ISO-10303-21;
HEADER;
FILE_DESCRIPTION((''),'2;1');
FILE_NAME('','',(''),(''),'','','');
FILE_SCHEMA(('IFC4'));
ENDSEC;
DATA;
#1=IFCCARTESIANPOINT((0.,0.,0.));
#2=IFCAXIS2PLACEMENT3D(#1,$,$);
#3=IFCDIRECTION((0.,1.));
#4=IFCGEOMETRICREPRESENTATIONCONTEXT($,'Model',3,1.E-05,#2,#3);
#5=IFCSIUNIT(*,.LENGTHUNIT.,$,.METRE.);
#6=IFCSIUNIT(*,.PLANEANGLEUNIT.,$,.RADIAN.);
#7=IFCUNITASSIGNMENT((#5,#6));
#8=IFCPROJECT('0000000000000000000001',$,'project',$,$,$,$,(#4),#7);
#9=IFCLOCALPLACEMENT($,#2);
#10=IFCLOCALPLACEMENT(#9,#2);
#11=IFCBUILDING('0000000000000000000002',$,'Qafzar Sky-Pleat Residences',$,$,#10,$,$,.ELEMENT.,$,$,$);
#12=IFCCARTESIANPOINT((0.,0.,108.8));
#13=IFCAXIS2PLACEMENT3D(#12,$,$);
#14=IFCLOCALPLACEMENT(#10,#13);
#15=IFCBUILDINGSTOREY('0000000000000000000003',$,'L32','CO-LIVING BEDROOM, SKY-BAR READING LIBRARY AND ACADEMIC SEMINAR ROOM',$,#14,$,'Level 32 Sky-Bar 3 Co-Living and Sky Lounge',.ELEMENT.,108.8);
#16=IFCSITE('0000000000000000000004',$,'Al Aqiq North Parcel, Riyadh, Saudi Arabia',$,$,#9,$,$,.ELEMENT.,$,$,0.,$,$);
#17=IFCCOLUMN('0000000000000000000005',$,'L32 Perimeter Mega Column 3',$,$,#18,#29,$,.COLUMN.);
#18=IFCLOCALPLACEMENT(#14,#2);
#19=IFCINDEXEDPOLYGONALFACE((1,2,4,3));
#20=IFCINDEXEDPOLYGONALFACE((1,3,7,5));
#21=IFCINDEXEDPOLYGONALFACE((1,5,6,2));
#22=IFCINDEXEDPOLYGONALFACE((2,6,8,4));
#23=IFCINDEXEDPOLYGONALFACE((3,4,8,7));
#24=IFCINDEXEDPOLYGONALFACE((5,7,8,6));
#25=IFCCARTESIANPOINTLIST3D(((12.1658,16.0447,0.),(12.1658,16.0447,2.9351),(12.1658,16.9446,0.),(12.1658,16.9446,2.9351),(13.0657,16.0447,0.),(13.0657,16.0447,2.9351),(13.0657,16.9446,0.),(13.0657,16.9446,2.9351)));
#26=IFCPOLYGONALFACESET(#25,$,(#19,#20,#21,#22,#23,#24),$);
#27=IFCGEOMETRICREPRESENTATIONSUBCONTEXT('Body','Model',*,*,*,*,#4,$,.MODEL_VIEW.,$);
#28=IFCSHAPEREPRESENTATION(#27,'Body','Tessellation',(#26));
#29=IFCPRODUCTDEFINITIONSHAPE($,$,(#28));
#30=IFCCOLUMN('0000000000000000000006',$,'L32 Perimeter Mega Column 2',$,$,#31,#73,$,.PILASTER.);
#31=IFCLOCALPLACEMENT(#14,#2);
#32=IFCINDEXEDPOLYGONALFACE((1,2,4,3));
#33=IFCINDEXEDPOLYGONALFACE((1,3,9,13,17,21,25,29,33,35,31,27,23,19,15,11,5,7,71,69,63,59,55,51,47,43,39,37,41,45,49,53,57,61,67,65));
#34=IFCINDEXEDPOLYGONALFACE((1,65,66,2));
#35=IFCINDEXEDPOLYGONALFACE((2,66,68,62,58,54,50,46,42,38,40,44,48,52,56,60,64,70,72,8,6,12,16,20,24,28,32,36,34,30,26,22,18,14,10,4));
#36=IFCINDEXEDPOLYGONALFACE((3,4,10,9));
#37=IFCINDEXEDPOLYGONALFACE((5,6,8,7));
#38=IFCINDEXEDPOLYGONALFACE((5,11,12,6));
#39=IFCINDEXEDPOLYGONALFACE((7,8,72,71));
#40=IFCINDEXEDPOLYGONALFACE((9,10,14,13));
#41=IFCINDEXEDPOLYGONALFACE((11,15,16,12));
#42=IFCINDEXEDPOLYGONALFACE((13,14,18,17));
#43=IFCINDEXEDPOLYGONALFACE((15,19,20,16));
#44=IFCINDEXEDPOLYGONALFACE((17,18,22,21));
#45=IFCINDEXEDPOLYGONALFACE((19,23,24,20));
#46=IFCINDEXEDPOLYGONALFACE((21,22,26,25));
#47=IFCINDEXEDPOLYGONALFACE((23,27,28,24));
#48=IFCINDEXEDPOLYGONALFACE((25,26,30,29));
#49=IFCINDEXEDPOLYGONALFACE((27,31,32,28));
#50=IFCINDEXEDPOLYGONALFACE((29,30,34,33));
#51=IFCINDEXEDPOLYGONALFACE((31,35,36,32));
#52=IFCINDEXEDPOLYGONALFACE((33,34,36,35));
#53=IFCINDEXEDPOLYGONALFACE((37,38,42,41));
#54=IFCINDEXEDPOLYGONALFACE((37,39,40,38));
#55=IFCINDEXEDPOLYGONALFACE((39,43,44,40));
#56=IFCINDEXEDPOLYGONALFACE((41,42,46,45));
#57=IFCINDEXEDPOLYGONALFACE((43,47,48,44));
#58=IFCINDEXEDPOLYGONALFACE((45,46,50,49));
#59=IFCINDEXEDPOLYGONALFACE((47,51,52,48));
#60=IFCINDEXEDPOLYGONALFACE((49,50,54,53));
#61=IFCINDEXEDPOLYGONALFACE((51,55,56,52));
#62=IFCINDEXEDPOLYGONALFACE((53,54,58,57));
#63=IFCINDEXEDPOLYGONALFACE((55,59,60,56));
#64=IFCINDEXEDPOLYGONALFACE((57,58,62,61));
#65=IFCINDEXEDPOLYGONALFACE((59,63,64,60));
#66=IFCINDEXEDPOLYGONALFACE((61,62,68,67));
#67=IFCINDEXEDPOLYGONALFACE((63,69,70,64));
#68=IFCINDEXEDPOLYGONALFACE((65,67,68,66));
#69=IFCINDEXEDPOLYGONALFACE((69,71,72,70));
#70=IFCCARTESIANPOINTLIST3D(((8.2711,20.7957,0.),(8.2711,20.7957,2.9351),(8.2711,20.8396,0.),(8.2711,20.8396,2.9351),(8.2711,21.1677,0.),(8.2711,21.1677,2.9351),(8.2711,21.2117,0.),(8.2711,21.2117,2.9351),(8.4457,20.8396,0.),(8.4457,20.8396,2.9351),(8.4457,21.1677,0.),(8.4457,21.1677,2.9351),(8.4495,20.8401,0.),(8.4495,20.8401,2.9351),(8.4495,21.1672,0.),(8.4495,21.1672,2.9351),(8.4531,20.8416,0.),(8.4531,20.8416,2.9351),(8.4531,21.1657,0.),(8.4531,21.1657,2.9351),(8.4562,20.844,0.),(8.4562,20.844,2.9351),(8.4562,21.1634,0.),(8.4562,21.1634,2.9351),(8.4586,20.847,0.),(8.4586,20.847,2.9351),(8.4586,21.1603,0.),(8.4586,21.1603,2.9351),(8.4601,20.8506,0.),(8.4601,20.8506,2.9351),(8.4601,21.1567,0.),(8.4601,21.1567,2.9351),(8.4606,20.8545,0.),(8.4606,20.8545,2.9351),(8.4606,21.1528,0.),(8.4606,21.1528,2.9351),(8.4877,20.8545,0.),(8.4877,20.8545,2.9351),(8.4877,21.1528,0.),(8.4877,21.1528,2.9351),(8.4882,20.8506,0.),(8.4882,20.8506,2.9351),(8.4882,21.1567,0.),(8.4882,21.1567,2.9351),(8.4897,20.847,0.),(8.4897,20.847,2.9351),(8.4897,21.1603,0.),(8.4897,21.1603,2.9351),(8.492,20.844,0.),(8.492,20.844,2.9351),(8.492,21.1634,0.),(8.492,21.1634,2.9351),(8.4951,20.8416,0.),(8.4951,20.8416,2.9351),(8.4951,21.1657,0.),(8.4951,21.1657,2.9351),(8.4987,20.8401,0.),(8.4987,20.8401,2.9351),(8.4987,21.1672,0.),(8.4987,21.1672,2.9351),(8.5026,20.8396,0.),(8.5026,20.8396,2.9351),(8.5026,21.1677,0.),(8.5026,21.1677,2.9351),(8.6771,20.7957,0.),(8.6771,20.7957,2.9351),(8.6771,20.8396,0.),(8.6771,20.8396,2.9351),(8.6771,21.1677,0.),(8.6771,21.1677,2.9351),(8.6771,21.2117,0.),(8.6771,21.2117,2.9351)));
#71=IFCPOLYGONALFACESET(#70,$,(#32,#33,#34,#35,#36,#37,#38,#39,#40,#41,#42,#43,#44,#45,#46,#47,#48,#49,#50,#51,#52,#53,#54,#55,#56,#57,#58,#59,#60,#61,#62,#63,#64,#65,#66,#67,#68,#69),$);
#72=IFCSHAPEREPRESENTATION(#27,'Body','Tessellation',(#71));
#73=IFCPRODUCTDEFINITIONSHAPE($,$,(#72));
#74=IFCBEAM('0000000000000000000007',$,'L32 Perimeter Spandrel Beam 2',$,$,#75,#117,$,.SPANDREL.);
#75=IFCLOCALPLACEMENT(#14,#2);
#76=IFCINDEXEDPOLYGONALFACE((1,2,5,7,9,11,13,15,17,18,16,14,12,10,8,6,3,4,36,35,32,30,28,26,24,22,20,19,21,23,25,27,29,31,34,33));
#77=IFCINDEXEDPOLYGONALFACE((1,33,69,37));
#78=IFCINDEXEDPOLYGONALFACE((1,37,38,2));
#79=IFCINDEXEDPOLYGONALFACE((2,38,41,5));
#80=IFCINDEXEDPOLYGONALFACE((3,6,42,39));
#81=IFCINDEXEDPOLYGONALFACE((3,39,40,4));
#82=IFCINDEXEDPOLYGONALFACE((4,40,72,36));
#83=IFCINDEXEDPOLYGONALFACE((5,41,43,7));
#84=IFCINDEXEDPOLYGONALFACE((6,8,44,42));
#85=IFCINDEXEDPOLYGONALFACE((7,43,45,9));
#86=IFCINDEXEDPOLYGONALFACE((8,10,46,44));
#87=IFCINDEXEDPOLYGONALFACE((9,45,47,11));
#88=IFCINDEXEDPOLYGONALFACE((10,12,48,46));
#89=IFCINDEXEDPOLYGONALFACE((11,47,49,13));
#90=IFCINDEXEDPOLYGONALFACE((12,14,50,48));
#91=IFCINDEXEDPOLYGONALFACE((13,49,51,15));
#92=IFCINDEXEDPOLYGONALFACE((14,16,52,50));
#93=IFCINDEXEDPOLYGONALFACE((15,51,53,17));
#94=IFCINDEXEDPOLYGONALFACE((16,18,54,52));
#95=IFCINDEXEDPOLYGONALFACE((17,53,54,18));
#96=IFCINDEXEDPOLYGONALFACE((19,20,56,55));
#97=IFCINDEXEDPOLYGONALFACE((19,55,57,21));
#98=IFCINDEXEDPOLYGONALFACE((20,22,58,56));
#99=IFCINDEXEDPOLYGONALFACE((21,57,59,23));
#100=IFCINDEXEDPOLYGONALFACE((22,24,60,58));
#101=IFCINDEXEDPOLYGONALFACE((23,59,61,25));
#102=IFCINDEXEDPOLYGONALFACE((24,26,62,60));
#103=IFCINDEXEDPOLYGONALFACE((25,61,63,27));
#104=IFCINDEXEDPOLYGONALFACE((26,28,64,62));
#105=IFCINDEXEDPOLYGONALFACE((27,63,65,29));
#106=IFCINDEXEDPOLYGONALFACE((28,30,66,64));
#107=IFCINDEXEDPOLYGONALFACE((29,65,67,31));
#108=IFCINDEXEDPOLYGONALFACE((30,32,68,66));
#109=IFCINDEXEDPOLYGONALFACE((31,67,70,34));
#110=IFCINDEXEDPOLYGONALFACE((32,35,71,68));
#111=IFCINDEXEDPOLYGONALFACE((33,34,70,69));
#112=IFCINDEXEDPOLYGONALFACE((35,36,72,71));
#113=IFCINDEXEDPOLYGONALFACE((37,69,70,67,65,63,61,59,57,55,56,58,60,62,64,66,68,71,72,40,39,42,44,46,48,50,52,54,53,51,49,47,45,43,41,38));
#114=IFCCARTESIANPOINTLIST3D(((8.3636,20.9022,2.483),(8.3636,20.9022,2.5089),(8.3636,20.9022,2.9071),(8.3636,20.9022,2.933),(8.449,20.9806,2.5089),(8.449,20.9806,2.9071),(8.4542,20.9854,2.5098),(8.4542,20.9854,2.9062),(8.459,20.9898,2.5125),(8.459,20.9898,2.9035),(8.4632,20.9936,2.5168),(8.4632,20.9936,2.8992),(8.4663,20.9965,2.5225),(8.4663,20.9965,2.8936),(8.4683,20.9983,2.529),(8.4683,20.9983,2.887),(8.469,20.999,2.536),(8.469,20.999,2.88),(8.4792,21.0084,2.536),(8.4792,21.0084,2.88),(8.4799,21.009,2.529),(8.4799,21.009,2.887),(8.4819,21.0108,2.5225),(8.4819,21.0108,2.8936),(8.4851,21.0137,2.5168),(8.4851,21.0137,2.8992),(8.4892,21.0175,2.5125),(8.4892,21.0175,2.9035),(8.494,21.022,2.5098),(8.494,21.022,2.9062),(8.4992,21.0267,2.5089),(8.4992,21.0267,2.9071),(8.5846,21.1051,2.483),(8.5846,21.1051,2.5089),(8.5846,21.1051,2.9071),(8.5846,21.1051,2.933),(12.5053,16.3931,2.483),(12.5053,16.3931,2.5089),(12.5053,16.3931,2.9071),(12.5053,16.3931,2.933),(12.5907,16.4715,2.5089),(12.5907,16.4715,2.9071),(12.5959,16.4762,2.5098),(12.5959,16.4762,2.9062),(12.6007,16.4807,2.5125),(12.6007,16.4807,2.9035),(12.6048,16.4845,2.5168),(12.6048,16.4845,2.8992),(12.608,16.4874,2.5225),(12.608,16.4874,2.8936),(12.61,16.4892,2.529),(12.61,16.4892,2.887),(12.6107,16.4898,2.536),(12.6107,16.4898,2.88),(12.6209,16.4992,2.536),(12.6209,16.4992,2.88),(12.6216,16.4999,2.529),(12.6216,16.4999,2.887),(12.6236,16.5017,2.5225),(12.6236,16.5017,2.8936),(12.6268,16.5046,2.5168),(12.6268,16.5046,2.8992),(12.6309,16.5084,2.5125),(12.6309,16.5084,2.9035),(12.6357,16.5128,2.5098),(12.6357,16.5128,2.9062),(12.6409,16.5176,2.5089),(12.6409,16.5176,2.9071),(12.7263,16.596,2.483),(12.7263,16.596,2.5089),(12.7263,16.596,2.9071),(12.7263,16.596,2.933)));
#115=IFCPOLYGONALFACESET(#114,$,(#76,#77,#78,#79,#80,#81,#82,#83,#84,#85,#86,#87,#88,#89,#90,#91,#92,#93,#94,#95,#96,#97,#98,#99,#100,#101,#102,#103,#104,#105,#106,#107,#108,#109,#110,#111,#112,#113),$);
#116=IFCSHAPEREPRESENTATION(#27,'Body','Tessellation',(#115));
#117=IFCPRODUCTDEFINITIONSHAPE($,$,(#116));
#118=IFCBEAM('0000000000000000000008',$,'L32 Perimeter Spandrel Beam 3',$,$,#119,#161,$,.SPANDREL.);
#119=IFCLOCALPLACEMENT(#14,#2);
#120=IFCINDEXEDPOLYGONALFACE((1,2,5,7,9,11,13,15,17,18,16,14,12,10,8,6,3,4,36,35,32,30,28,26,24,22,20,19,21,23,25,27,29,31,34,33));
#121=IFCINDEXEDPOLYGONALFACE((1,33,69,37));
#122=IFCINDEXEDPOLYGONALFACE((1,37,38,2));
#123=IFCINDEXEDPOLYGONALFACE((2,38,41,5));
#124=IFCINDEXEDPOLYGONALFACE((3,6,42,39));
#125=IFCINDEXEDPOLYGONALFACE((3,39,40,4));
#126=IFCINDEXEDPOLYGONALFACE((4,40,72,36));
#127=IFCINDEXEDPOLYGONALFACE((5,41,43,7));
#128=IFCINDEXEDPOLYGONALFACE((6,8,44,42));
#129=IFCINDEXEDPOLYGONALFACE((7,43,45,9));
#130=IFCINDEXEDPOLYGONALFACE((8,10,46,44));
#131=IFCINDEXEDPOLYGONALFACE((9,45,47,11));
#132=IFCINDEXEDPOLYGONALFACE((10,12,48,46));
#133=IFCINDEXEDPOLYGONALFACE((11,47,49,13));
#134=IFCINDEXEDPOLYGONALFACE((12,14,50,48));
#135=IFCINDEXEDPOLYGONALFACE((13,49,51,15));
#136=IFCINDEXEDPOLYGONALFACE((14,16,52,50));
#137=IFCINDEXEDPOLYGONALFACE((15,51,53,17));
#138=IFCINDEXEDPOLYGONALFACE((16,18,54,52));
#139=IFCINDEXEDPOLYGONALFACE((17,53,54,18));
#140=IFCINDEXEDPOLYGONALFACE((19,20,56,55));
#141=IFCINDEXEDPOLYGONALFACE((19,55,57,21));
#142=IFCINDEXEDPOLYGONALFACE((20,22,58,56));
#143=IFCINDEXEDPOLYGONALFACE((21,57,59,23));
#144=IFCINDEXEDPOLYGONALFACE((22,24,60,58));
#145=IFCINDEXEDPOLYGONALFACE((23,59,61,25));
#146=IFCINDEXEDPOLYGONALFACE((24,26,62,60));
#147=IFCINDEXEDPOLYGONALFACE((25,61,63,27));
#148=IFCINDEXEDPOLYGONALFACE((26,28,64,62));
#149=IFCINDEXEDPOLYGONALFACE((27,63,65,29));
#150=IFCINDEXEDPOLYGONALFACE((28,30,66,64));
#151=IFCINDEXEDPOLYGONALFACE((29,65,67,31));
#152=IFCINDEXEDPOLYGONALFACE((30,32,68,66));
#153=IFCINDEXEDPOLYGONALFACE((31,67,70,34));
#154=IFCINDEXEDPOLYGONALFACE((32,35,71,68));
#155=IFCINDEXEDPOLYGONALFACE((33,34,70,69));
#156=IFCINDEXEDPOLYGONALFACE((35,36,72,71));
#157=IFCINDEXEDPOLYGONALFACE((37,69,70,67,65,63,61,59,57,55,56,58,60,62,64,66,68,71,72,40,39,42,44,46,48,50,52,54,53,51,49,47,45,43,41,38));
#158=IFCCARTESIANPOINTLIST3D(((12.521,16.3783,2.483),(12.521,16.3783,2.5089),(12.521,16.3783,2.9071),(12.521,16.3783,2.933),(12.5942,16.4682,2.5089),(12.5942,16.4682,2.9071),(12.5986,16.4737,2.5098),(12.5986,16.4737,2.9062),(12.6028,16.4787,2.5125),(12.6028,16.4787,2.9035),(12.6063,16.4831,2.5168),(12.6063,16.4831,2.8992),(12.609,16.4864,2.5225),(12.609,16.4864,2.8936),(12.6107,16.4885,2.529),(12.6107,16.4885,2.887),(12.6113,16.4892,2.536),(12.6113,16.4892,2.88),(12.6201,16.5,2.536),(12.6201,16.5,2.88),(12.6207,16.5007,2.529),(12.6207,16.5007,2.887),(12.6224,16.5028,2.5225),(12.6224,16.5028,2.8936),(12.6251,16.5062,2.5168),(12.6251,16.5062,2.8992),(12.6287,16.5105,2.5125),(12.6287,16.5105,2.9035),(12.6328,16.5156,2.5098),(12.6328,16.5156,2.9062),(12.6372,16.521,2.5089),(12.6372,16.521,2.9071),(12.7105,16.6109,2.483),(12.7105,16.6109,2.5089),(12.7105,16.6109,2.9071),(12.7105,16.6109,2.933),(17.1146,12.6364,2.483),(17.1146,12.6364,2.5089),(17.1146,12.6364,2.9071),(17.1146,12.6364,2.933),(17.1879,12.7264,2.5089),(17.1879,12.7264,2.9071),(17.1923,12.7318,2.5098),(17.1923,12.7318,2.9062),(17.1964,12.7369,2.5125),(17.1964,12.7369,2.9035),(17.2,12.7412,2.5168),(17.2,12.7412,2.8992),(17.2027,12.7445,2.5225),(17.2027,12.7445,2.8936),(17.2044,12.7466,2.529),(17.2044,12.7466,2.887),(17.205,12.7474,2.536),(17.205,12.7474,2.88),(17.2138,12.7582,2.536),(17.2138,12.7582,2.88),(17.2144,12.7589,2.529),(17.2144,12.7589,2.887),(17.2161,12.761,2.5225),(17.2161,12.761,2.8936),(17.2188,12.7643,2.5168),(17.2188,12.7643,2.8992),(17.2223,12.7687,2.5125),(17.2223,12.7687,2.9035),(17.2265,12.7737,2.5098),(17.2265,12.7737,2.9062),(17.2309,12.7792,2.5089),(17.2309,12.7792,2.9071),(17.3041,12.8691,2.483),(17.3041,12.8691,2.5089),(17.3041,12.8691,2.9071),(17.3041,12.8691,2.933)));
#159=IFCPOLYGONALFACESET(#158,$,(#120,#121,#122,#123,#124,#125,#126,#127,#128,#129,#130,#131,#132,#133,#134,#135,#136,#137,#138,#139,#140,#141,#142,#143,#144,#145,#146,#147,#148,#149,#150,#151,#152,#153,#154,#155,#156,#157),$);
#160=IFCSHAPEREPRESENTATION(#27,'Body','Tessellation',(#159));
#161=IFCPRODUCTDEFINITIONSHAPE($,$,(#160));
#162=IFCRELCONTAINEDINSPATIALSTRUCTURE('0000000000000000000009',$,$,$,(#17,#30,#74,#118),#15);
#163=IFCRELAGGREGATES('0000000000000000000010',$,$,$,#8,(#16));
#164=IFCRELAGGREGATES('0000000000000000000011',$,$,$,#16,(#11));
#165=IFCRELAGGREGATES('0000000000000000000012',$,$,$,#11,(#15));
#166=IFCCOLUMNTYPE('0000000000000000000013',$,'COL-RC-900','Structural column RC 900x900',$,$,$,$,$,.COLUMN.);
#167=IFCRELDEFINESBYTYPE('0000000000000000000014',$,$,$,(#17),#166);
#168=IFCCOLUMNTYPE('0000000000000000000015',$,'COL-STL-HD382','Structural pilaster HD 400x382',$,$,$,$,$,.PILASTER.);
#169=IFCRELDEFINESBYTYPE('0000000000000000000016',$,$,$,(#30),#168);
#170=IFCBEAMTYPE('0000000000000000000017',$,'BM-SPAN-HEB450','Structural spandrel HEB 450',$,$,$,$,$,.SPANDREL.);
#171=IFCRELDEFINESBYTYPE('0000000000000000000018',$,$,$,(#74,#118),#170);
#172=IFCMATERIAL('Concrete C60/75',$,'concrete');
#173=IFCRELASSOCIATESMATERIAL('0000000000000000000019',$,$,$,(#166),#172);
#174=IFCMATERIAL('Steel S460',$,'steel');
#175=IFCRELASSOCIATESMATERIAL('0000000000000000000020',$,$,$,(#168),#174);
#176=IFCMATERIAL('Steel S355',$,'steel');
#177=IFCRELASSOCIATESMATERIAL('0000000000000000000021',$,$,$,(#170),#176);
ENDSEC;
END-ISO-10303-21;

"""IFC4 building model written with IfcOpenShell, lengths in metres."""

from ifc_helpers import new_model, si_unit, direction, frame, origin, origin_2d, place, context, subcontext, project, spatial, rectangle, i_section, extrude, source, transform, mapped, material, material_profile, profile_set, type_object, element, save


model = new_model("IFC4")

# Units and contexts
model_context = context("Model", 3, precision=1e-05, world=origin(), true_north=direction((0.0, 1.0)))
body_context = subcontext(model_context, "Body", "Model", "MODEL_VIEW")
ifc_project = project(units=[si_unit("LENGTHUNIT", "METRE"), si_unit("PLANEANGLEUNIT", "RADIAN")], contexts=[model_context])

# Site, building, storey
site_placement = place(None, origin())
site = spatial("IfcSite", under=ifc_project, at=site_placement, Name="Al Aqiq North Parcel, Riyadh, Saudi Arabia", CompositionType="ELEMENT", RefElevation=0.0)
building_placement = place(site_placement, origin())
building = spatial("IfcBuilding", under=site, at=building_placement, Name="Qafzar Sky-Pleat Residences", CompositionType="ELEMENT")
storey_placement = place(building_placement, frame((0.0, 0.0, 108.8)))
storey = spatial("IfcBuildingStorey", under=building, at=storey_placement, Name="L32", Description="CO-LIVING BEDROOM, SKY-BAR READING LIBRARY AND ACADEMIC SEMINAR ROOM", LongName="Level 32 Sky-Bar 3 Co-Living and Sky Lounge", CompositionType="ELEMENT", Elevation=108.8)

# Columns
ifc_material_1 = material(Name="Concrete C60/75", Category="concrete")
ifc_material_profile_1 = material_profile(ifc_material_1, rectangle(XDim=0.8999, YDim=0.8999, at=origin_2d()), Name="RC 900x900")
ifc_profile_set_1 = profile_set([ifc_material_profile_1], Name="Concrete C60/75")
column_type_1 = type_object("IfcColumnType", Name="COL-RC-900", Description="Structural column RC 900x900", PredefinedType="COLUMN", material=ifc_profile_set_1)
shared_shape_1 = source(origin(), body_context, "Body", "SweptSolid", [
    extrude(rectangle(XDim=0.8999, YDim=0.8999, at=origin_2d()), origin(), (0.0, 0.0, 1.0), 2.9351),
])
column_1_placement = place(storey_placement, frame((12.6157, 16.4946, 0.0), z_axis=(0.0, 0.0, 1.0), x_axis=(1.0, 0.0, 0.0)))
element("IfcColumn", 1, at=column_1_placement, inside=storey, type_object=column_type_1, Name="L32 Perimeter Mega Column 3", PredefinedType="COLUMN", context=body_context, shape_type="MappedRepresentation", body=[
    mapped(shared_shape_1, transform((0.0, 0.0, 0.0), x_axis=(1.0, 0.0, 0.0), y_axis=(0.0, 1.0, 0.0), z_axis=(0.0, 0.0, 1.0), scale=1.0)),
])
ifc_material_2 = material(Name="Steel S460", Category="steel")
ifc_material_profile_2 = material_profile(ifc_material_2, i_section(OverallWidth=0.406, OverallDepth=0.416, WebThickness=0.0271, FlangeThickness=0.0439, FilletRadius=0.0149, at=origin_2d()), Name="HD 400x382")
ifc_profile_set_2 = profile_set([ifc_material_profile_2], Name="Steel S460")
column_type_2 = type_object("IfcColumnType", Name="COL-STL-HD382", Description="Structural pilaster HD 400x382", PredefinedType="PILASTER", material=ifc_profile_set_2)
shared_shape_2 = source(origin(), body_context, "Body", "SweptSolid", [
    extrude(i_section(OverallWidth=0.406, OverallDepth=0.416, WebThickness=0.0271, FlangeThickness=0.0439, FilletRadius=0.0149, at=origin_2d()), origin(), (0.0, 0.0, 1.0), 2.9351),
])
column_2_placement = place(storey_placement, frame((8.4741, 21.0037, 0.0), z_axis=(0.0, 0.0, 1.0), x_axis=(1.0, 0.0, 0.0)))
element("IfcColumn", 2, at=column_2_placement, inside=storey, type_object=column_type_2, Name="L32 Perimeter Mega Column 2", PredefinedType="PILASTER", context=body_context, shape_type="MappedRepresentation", body=[
    mapped(shared_shape_2, transform((0.0, 0.0, 0.0), x_axis=(1.0, 0.0, 0.0), y_axis=(0.0, 1.0, 0.0), z_axis=(0.0, 0.0, 1.0), scale=1.0)),
])

# Beams
ifc_material_3 = material(Name="Steel S355", Category="steel")
ifc_material_profile_3 = material_profile(ifc_material_3, i_section(OverallWidth=0.3, OverallDepth=0.45, WebThickness=0.0139, FlangeThickness=0.0259, FilletRadius=0.0271, at=origin_2d()), Name="HEB 450")
ifc_profile_set_3 = profile_set([ifc_material_profile_3], Name="Steel S355")
beam_type_1 = type_object("IfcBeamType", Name="BM-SPAN-HEB450", Description="Structural spandrel HEB 450", PredefinedType="SPANDREL", material=ifc_profile_set_3)
shared_shape_3 = source(origin(), body_context, "Body", "SweptSolid", [
    extrude(i_section(OverallWidth=0.3, OverallDepth=0.45, WebThickness=0.0139, FlangeThickness=0.0259, FilletRadius=0.0271, at=origin_2d()), origin(), (0.0, 0.0, 1.0), 6.1226),
])
beam_1_placement = place(storey_placement, frame((8.4741, 21.0037, 2.708), z_axis=(0.676463, -0.736477, 0.0), x_axis=(0.736477, 0.676463, 0.0)))
element("IfcBeam", 3, at=beam_1_placement, inside=storey, type_object=beam_type_1, Name="L32 Perimeter Spandrel Beam 2", PredefinedType="SPANDREL", context=body_context, shape_type="MappedRepresentation", body=[
    mapped(shared_shape_3, transform((0.0, 0.0, 0.0), x_axis=(1.0, 0.0, 0.0), y_axis=(0.0, 1.0, 0.0), z_axis=(0.0, 0.0, 1.0), scale=1.0)),
])
shared_shape_4 = source(origin(), body_context, "Body", "SweptSolid", [
    extrude(i_section(OverallWidth=0.3, OverallDepth=0.45, WebThickness=0.0139, FlangeThickness=0.0259, FilletRadius=0.0271, at=origin_2d()), origin(), (0.0, 0.0, 1.0), 5.9248),
])
beam_2_placement = place(storey_placement, frame((12.6157, 16.4946, 2.708), z_axis=(0.775327, -0.63156, 0.0), x_axis=(0.63156, 0.775327, 0.0)))
element("IfcBeam", 4, at=beam_2_placement, inside=storey, type_object=beam_type_1, Name="L32 Perimeter Spandrel Beam 3", PredefinedType="SPANDREL", context=body_context, shape_type="MappedRepresentation", body=[
    mapped(shared_shape_4, transform((0.0, 0.0, 0.0), x_axis=(1.0, 0.0, 0.0), y_axis=(0.0, 1.0, 0.0), z_axis=(0.0, 0.0, 1.0), scale=1.0)),
])

save(model, "model.ifc")
